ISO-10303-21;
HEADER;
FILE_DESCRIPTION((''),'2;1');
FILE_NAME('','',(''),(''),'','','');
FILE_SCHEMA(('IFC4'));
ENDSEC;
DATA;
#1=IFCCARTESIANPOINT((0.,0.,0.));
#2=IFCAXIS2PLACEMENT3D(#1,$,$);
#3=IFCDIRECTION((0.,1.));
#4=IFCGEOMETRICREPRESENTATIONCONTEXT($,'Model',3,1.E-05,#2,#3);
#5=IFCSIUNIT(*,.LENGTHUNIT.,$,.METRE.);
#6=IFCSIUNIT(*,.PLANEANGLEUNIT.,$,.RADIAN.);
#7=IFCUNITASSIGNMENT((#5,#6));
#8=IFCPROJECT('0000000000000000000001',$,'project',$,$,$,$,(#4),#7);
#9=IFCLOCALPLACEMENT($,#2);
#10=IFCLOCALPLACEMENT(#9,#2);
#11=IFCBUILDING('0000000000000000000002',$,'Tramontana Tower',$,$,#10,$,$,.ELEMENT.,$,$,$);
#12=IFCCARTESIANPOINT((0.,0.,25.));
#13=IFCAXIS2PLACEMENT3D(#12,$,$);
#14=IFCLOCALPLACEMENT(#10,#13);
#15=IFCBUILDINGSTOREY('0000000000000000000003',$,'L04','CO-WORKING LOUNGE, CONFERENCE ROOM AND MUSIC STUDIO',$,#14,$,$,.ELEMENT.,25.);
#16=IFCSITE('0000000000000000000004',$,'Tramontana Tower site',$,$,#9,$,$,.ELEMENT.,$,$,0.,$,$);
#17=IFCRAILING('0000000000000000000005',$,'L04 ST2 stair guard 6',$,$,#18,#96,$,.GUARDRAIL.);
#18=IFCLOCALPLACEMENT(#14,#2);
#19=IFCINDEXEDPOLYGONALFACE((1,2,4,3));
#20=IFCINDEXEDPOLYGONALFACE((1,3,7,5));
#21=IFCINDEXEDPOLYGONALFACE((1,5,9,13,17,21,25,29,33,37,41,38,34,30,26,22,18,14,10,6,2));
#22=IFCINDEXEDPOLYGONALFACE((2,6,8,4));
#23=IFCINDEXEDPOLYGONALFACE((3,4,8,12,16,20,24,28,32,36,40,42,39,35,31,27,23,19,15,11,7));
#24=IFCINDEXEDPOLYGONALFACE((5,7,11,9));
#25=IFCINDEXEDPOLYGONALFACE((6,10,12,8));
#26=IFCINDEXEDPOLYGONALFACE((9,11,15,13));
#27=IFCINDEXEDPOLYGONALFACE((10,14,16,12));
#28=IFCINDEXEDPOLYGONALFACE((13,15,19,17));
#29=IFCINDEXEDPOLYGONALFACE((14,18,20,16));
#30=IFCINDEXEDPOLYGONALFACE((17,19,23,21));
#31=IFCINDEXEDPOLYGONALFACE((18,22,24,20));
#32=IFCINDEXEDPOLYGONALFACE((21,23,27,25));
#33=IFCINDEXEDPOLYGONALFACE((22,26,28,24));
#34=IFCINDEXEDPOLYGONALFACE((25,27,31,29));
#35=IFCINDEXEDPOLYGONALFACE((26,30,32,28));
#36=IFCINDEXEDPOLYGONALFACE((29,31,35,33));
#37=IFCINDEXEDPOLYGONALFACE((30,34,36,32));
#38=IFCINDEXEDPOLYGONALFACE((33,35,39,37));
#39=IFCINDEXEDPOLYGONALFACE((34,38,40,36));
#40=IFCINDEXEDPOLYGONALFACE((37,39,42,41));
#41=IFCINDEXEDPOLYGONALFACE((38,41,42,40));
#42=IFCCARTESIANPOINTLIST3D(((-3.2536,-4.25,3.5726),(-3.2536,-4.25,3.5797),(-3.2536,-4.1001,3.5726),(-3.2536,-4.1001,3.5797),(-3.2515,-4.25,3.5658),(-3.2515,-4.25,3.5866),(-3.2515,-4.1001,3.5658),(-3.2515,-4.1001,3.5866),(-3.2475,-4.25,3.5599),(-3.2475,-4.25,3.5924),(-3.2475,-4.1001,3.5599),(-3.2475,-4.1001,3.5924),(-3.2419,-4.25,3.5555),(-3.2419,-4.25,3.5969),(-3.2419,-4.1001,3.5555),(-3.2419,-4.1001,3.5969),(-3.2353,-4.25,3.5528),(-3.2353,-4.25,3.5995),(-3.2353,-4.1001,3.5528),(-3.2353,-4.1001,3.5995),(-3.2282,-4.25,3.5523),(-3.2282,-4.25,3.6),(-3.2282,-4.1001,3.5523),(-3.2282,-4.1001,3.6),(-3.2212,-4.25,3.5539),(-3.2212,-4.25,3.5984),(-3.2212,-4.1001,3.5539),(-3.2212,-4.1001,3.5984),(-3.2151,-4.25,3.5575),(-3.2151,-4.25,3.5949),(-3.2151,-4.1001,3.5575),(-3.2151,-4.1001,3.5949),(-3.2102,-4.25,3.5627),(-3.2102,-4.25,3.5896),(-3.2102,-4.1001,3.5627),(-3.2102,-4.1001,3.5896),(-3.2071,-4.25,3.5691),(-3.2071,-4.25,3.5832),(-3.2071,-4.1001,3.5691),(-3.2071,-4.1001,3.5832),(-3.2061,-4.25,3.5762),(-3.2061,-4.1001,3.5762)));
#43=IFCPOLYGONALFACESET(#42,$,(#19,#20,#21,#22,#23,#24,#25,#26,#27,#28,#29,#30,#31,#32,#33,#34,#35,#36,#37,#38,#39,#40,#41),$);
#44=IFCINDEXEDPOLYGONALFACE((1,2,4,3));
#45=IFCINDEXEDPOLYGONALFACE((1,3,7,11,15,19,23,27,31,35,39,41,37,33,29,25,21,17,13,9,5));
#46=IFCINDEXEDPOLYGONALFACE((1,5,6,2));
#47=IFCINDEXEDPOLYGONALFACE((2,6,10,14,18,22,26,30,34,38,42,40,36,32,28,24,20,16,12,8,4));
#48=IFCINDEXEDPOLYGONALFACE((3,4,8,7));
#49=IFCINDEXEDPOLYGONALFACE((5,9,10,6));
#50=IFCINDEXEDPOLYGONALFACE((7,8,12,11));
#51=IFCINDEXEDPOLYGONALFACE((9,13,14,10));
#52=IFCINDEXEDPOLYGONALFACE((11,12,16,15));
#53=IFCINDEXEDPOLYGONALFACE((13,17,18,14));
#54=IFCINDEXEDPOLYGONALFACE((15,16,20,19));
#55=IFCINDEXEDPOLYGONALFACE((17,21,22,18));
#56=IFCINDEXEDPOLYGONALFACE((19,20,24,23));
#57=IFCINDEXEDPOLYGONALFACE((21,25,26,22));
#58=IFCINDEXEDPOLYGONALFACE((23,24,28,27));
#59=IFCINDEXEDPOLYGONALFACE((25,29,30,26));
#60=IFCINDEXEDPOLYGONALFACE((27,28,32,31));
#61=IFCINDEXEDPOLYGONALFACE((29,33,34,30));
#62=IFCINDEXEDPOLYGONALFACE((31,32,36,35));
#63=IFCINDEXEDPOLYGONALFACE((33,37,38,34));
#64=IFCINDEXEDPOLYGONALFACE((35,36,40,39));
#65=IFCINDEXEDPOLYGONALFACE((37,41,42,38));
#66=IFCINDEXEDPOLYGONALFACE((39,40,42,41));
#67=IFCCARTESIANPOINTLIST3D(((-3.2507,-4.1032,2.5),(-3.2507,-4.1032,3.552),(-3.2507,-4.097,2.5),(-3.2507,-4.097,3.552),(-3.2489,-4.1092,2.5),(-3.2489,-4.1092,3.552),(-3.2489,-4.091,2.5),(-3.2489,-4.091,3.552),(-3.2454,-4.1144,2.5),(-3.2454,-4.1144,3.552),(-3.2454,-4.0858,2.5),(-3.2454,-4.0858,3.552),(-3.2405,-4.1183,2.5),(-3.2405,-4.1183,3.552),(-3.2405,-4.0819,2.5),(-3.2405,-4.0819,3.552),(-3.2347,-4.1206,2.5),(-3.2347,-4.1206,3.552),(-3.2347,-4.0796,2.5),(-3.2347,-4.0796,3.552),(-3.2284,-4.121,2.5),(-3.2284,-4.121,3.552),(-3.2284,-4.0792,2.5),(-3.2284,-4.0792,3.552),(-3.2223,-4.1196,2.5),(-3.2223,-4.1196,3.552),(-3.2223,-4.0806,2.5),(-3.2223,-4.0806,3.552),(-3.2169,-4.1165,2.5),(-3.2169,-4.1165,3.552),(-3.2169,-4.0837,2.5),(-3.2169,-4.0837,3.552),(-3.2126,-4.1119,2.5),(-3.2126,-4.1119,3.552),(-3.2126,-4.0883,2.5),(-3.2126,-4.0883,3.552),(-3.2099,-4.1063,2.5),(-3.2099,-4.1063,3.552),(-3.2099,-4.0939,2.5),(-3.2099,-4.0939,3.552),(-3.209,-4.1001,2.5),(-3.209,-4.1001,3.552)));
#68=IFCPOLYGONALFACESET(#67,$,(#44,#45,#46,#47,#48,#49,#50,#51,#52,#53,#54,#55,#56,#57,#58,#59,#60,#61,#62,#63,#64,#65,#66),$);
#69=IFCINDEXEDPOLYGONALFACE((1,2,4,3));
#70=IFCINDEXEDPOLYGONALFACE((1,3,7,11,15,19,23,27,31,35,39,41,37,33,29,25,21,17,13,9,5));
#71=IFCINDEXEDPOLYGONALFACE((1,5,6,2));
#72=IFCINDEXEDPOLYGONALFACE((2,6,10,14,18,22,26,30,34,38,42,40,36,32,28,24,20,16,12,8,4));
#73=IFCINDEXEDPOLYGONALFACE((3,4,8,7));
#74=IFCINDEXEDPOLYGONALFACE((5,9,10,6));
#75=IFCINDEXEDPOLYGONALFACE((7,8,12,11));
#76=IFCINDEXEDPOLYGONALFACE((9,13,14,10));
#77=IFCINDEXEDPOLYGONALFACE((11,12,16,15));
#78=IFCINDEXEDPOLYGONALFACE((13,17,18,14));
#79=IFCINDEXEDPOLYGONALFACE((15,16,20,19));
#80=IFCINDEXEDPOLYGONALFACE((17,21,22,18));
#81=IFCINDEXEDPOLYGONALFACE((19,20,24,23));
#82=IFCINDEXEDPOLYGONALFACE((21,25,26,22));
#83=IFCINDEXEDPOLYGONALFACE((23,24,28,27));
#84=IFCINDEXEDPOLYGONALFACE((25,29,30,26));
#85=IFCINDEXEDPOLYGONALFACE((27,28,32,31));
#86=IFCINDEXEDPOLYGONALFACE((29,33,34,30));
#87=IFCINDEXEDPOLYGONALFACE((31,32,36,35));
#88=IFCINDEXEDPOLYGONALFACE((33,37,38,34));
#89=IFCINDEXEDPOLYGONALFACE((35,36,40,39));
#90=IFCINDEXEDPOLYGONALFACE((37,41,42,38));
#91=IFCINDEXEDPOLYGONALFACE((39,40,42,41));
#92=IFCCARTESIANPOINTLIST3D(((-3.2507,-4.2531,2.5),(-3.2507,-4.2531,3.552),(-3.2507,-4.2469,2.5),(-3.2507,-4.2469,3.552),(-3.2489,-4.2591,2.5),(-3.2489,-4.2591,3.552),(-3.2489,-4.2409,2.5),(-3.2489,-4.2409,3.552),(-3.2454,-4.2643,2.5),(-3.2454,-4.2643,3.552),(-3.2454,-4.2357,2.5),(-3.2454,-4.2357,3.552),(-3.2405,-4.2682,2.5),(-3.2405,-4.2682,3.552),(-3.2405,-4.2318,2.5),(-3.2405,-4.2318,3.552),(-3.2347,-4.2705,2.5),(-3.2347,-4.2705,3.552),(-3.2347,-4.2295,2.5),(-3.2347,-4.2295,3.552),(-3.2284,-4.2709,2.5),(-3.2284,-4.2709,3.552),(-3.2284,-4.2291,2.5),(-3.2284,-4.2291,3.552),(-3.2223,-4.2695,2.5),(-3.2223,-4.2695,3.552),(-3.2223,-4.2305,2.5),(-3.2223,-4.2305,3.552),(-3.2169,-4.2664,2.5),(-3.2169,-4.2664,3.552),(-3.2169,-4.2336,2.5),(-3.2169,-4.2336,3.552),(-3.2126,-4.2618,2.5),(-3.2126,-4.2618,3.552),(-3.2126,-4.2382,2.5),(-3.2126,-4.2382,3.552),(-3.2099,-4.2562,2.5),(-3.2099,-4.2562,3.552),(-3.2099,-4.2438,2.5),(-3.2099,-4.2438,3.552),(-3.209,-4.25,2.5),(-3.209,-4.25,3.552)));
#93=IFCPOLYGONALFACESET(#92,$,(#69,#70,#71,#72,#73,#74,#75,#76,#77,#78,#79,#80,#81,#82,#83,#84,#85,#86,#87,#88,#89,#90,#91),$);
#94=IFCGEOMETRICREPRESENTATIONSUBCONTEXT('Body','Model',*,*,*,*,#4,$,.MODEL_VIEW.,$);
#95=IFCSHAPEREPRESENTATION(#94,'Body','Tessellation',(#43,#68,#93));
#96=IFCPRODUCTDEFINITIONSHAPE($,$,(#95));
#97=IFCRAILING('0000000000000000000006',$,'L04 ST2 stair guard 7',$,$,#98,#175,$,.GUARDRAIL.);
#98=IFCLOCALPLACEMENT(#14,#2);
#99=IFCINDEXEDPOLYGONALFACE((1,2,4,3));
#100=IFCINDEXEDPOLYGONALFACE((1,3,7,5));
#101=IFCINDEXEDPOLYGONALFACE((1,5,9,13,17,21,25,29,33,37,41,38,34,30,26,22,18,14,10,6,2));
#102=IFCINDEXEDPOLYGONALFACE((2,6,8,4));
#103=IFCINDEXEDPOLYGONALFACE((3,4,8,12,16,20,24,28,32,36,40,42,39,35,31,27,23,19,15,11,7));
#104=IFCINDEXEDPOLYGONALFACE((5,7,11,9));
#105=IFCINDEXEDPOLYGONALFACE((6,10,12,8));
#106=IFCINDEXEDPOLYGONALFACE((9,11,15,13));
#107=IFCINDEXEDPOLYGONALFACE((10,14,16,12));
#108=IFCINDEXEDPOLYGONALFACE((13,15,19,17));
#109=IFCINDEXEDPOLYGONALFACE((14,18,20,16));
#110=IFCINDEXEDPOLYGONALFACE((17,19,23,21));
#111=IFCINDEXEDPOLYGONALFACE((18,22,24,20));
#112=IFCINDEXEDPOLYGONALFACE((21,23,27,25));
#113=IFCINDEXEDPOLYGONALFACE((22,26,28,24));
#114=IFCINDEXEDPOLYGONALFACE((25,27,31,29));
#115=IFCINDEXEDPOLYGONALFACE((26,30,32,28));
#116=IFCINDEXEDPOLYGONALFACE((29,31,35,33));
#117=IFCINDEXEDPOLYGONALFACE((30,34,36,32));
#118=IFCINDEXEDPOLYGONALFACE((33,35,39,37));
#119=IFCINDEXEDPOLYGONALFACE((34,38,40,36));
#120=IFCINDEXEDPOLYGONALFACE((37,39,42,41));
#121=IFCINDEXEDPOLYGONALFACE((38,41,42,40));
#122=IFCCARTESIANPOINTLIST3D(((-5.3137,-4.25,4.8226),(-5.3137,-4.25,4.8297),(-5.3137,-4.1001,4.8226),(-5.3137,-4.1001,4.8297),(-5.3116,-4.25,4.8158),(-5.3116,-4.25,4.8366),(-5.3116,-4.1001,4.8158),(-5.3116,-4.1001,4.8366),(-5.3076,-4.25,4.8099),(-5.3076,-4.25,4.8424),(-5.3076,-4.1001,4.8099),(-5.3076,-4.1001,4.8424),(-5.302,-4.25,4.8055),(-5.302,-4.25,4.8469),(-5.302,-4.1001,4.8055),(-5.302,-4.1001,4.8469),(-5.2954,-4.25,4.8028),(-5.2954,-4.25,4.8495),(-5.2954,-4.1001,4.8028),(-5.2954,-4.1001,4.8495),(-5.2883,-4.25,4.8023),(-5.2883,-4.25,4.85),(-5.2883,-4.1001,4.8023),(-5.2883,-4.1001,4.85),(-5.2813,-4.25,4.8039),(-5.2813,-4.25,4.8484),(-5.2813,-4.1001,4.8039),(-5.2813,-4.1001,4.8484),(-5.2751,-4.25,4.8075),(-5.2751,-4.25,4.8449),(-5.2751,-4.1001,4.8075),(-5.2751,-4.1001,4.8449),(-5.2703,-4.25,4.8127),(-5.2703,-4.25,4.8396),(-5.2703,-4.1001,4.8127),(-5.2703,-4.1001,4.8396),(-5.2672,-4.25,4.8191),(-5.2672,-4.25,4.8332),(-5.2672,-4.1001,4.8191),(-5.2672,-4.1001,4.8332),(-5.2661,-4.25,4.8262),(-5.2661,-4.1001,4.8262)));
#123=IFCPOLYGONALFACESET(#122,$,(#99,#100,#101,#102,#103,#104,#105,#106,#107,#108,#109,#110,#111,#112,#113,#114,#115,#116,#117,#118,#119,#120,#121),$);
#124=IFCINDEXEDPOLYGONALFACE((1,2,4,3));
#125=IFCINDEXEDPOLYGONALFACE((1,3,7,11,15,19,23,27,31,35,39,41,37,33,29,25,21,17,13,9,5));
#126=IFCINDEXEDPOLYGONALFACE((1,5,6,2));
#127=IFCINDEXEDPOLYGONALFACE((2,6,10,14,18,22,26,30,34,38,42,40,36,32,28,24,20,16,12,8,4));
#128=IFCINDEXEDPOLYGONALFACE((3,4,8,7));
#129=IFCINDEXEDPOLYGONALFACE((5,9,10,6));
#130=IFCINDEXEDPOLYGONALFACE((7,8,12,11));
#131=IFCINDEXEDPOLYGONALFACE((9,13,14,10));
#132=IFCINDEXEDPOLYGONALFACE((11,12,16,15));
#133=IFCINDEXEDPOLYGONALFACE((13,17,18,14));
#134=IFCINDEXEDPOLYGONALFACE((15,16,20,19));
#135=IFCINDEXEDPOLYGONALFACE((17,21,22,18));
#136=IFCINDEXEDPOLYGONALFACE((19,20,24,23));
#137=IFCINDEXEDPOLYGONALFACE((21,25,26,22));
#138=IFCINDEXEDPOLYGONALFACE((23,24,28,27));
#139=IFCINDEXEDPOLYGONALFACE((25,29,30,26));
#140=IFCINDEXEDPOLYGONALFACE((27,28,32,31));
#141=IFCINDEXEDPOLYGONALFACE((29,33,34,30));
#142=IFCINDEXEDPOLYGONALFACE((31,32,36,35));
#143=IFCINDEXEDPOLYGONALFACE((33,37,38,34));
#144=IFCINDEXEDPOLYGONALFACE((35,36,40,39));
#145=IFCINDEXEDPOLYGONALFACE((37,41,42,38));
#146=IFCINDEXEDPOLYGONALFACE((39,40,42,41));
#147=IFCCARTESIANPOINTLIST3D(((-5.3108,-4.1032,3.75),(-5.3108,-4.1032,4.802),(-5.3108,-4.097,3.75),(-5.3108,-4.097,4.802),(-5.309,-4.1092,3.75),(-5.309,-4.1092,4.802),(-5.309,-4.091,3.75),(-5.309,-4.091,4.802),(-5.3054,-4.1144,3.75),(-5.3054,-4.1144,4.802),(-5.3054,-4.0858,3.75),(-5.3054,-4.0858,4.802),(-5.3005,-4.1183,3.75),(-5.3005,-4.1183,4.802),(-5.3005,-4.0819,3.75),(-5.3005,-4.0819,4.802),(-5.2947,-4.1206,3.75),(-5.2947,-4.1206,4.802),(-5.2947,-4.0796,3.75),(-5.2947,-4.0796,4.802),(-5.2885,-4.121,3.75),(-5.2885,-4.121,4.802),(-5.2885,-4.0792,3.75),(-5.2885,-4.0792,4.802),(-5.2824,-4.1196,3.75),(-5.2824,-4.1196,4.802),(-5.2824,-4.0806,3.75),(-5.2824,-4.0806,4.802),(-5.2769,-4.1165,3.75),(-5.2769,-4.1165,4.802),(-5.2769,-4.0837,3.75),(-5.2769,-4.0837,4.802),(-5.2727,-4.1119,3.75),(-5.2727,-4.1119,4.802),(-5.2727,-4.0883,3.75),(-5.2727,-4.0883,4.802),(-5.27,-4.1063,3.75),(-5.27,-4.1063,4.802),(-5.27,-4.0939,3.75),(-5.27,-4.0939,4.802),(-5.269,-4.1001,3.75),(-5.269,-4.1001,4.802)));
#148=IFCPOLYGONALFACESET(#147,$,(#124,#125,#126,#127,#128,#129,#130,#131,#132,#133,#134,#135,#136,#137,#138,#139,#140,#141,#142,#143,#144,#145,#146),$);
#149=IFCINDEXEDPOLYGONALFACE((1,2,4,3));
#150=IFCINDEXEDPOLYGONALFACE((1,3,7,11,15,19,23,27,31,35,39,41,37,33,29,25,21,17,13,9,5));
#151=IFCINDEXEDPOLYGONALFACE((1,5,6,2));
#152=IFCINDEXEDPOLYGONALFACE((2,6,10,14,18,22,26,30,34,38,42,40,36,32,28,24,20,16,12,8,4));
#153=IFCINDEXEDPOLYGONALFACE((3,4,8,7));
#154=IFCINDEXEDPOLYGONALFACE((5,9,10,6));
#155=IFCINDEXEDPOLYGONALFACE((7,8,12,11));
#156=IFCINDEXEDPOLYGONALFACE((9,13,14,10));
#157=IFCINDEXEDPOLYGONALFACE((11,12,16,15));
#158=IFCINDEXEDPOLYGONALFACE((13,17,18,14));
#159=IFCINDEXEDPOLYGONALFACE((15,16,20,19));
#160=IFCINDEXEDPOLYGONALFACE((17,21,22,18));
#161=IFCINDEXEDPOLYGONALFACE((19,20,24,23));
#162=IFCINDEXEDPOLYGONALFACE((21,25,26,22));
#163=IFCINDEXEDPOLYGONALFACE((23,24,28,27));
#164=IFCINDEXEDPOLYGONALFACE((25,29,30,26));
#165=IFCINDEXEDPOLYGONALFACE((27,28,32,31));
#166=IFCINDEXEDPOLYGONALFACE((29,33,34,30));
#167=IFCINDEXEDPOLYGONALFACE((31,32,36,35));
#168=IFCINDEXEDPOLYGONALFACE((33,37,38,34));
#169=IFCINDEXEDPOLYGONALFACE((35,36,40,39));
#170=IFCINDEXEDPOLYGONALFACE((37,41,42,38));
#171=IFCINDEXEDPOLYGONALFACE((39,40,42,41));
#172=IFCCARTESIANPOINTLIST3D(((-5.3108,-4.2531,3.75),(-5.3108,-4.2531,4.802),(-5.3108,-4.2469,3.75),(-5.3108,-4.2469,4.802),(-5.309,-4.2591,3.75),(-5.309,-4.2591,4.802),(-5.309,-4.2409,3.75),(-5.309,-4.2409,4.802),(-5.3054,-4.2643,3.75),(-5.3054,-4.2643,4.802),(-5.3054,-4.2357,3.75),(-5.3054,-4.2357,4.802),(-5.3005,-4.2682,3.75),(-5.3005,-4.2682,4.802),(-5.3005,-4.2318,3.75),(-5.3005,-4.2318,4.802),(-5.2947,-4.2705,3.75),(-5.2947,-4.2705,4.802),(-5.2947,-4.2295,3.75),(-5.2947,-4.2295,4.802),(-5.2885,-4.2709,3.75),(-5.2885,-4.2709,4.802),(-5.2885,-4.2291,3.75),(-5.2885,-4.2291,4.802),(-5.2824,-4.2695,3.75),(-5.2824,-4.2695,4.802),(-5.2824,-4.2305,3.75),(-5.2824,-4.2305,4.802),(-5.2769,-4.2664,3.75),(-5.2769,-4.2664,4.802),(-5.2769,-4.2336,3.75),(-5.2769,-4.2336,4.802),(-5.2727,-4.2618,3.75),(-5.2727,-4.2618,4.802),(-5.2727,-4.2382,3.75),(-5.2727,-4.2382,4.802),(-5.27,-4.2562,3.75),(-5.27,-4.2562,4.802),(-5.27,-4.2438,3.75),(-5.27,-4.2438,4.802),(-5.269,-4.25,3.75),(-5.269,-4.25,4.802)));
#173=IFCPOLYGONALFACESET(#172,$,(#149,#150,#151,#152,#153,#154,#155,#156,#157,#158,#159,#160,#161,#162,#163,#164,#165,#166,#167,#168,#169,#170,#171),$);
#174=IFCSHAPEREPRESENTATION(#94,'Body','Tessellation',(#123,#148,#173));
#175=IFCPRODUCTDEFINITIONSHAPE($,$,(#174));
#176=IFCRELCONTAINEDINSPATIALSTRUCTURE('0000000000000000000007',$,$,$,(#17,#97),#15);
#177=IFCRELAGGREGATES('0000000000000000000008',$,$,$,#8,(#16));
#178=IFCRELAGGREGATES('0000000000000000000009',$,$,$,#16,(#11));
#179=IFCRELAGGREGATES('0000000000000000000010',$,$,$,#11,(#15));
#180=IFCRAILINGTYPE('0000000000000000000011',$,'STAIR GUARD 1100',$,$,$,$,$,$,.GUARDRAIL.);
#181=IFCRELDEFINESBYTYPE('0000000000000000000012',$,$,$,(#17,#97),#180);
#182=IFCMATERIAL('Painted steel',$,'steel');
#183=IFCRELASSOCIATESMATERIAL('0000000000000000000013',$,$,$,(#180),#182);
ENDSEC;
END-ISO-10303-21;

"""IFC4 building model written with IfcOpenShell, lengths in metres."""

from ifc_helpers import new_model, si_unit, direction, frame, origin, origin_2d, place, context, subcontext, project, spatial, circle, extrude, material, type_object, element, save


model = new_model("IFC4")

# Units and contexts
model_context = context("Model", 3, precision=1e-05, world=origin(), true_north=direction((0.0, 1.0)))
body_context = subcontext(model_context, "Body", "Model", "MODEL_VIEW")
ifc_project = project(units=[si_unit("LENGTHUNIT", "METRE"), si_unit("PLANEANGLEUNIT", "RADIAN")], contexts=[model_context])

# Site, building, storey
site_placement = place(None, origin())
site = spatial("IfcSite", under=ifc_project, at=site_placement, Name="Tramontana Tower site", CompositionType="ELEMENT", RefElevation=0.0)
building_placement = place(site_placement, origin())
building = spatial("IfcBuilding", under=site, at=building_placement, Name="Tramontana Tower", CompositionType="ELEMENT")
storey_placement = place(building_placement, frame((0.0, 0.0, 25.0)))
storey = spatial("IfcBuildingStorey", under=building, at=storey_placement, Name="L04", Description="CO-WORKING LOUNGE, CONFERENCE ROOM AND MUSIC STUDIO", CompositionType="ELEMENT", Elevation=25.0)

# Railings
ifc_material_1 = material(Name="Painted steel", Category="steel")
railing_type_1 = type_object("IfcRailingType", Name="STAIR GUARD 1100", PredefinedType="GUARDRAIL", material=ifc_material_1)
for number, where, name in (
    (1, (-3.23, -4.1001, 2.5), "L04 ST2 stair guard 6"),
    (2, (-5.29, -4.1001, 3.75), "L04 ST2 stair guard 7"),
):
    element("IfcRailing", number, at=place(storey_placement, frame(where)), inside=storey, type_object=railing_type_1, Name=name, PredefinedType="GUARDRAIL", context=body_context, shape_type="SweptSolid", body=[
        extrude(circle(Radius=0.0239, at=origin_2d()), frame((0.0, 0.0, 1.0762), z_axis=(0.0, -1.0, 0.0), x_axis=(1.0, 0.0, 0.0)), (0.0, 0.0, 1.0), 0.1499),
        extrude(circle(Radius=0.021, at=origin_2d()), origin(), (0.0, 0.0, 1.0), 1.052),
        extrude(circle(Radius=0.021, at=origin_2d()), frame((0.0, -0.1499, 0.0)), (0.0, 0.0, 1.0), 1.052),
    ])

save(model, "model.ifc")
